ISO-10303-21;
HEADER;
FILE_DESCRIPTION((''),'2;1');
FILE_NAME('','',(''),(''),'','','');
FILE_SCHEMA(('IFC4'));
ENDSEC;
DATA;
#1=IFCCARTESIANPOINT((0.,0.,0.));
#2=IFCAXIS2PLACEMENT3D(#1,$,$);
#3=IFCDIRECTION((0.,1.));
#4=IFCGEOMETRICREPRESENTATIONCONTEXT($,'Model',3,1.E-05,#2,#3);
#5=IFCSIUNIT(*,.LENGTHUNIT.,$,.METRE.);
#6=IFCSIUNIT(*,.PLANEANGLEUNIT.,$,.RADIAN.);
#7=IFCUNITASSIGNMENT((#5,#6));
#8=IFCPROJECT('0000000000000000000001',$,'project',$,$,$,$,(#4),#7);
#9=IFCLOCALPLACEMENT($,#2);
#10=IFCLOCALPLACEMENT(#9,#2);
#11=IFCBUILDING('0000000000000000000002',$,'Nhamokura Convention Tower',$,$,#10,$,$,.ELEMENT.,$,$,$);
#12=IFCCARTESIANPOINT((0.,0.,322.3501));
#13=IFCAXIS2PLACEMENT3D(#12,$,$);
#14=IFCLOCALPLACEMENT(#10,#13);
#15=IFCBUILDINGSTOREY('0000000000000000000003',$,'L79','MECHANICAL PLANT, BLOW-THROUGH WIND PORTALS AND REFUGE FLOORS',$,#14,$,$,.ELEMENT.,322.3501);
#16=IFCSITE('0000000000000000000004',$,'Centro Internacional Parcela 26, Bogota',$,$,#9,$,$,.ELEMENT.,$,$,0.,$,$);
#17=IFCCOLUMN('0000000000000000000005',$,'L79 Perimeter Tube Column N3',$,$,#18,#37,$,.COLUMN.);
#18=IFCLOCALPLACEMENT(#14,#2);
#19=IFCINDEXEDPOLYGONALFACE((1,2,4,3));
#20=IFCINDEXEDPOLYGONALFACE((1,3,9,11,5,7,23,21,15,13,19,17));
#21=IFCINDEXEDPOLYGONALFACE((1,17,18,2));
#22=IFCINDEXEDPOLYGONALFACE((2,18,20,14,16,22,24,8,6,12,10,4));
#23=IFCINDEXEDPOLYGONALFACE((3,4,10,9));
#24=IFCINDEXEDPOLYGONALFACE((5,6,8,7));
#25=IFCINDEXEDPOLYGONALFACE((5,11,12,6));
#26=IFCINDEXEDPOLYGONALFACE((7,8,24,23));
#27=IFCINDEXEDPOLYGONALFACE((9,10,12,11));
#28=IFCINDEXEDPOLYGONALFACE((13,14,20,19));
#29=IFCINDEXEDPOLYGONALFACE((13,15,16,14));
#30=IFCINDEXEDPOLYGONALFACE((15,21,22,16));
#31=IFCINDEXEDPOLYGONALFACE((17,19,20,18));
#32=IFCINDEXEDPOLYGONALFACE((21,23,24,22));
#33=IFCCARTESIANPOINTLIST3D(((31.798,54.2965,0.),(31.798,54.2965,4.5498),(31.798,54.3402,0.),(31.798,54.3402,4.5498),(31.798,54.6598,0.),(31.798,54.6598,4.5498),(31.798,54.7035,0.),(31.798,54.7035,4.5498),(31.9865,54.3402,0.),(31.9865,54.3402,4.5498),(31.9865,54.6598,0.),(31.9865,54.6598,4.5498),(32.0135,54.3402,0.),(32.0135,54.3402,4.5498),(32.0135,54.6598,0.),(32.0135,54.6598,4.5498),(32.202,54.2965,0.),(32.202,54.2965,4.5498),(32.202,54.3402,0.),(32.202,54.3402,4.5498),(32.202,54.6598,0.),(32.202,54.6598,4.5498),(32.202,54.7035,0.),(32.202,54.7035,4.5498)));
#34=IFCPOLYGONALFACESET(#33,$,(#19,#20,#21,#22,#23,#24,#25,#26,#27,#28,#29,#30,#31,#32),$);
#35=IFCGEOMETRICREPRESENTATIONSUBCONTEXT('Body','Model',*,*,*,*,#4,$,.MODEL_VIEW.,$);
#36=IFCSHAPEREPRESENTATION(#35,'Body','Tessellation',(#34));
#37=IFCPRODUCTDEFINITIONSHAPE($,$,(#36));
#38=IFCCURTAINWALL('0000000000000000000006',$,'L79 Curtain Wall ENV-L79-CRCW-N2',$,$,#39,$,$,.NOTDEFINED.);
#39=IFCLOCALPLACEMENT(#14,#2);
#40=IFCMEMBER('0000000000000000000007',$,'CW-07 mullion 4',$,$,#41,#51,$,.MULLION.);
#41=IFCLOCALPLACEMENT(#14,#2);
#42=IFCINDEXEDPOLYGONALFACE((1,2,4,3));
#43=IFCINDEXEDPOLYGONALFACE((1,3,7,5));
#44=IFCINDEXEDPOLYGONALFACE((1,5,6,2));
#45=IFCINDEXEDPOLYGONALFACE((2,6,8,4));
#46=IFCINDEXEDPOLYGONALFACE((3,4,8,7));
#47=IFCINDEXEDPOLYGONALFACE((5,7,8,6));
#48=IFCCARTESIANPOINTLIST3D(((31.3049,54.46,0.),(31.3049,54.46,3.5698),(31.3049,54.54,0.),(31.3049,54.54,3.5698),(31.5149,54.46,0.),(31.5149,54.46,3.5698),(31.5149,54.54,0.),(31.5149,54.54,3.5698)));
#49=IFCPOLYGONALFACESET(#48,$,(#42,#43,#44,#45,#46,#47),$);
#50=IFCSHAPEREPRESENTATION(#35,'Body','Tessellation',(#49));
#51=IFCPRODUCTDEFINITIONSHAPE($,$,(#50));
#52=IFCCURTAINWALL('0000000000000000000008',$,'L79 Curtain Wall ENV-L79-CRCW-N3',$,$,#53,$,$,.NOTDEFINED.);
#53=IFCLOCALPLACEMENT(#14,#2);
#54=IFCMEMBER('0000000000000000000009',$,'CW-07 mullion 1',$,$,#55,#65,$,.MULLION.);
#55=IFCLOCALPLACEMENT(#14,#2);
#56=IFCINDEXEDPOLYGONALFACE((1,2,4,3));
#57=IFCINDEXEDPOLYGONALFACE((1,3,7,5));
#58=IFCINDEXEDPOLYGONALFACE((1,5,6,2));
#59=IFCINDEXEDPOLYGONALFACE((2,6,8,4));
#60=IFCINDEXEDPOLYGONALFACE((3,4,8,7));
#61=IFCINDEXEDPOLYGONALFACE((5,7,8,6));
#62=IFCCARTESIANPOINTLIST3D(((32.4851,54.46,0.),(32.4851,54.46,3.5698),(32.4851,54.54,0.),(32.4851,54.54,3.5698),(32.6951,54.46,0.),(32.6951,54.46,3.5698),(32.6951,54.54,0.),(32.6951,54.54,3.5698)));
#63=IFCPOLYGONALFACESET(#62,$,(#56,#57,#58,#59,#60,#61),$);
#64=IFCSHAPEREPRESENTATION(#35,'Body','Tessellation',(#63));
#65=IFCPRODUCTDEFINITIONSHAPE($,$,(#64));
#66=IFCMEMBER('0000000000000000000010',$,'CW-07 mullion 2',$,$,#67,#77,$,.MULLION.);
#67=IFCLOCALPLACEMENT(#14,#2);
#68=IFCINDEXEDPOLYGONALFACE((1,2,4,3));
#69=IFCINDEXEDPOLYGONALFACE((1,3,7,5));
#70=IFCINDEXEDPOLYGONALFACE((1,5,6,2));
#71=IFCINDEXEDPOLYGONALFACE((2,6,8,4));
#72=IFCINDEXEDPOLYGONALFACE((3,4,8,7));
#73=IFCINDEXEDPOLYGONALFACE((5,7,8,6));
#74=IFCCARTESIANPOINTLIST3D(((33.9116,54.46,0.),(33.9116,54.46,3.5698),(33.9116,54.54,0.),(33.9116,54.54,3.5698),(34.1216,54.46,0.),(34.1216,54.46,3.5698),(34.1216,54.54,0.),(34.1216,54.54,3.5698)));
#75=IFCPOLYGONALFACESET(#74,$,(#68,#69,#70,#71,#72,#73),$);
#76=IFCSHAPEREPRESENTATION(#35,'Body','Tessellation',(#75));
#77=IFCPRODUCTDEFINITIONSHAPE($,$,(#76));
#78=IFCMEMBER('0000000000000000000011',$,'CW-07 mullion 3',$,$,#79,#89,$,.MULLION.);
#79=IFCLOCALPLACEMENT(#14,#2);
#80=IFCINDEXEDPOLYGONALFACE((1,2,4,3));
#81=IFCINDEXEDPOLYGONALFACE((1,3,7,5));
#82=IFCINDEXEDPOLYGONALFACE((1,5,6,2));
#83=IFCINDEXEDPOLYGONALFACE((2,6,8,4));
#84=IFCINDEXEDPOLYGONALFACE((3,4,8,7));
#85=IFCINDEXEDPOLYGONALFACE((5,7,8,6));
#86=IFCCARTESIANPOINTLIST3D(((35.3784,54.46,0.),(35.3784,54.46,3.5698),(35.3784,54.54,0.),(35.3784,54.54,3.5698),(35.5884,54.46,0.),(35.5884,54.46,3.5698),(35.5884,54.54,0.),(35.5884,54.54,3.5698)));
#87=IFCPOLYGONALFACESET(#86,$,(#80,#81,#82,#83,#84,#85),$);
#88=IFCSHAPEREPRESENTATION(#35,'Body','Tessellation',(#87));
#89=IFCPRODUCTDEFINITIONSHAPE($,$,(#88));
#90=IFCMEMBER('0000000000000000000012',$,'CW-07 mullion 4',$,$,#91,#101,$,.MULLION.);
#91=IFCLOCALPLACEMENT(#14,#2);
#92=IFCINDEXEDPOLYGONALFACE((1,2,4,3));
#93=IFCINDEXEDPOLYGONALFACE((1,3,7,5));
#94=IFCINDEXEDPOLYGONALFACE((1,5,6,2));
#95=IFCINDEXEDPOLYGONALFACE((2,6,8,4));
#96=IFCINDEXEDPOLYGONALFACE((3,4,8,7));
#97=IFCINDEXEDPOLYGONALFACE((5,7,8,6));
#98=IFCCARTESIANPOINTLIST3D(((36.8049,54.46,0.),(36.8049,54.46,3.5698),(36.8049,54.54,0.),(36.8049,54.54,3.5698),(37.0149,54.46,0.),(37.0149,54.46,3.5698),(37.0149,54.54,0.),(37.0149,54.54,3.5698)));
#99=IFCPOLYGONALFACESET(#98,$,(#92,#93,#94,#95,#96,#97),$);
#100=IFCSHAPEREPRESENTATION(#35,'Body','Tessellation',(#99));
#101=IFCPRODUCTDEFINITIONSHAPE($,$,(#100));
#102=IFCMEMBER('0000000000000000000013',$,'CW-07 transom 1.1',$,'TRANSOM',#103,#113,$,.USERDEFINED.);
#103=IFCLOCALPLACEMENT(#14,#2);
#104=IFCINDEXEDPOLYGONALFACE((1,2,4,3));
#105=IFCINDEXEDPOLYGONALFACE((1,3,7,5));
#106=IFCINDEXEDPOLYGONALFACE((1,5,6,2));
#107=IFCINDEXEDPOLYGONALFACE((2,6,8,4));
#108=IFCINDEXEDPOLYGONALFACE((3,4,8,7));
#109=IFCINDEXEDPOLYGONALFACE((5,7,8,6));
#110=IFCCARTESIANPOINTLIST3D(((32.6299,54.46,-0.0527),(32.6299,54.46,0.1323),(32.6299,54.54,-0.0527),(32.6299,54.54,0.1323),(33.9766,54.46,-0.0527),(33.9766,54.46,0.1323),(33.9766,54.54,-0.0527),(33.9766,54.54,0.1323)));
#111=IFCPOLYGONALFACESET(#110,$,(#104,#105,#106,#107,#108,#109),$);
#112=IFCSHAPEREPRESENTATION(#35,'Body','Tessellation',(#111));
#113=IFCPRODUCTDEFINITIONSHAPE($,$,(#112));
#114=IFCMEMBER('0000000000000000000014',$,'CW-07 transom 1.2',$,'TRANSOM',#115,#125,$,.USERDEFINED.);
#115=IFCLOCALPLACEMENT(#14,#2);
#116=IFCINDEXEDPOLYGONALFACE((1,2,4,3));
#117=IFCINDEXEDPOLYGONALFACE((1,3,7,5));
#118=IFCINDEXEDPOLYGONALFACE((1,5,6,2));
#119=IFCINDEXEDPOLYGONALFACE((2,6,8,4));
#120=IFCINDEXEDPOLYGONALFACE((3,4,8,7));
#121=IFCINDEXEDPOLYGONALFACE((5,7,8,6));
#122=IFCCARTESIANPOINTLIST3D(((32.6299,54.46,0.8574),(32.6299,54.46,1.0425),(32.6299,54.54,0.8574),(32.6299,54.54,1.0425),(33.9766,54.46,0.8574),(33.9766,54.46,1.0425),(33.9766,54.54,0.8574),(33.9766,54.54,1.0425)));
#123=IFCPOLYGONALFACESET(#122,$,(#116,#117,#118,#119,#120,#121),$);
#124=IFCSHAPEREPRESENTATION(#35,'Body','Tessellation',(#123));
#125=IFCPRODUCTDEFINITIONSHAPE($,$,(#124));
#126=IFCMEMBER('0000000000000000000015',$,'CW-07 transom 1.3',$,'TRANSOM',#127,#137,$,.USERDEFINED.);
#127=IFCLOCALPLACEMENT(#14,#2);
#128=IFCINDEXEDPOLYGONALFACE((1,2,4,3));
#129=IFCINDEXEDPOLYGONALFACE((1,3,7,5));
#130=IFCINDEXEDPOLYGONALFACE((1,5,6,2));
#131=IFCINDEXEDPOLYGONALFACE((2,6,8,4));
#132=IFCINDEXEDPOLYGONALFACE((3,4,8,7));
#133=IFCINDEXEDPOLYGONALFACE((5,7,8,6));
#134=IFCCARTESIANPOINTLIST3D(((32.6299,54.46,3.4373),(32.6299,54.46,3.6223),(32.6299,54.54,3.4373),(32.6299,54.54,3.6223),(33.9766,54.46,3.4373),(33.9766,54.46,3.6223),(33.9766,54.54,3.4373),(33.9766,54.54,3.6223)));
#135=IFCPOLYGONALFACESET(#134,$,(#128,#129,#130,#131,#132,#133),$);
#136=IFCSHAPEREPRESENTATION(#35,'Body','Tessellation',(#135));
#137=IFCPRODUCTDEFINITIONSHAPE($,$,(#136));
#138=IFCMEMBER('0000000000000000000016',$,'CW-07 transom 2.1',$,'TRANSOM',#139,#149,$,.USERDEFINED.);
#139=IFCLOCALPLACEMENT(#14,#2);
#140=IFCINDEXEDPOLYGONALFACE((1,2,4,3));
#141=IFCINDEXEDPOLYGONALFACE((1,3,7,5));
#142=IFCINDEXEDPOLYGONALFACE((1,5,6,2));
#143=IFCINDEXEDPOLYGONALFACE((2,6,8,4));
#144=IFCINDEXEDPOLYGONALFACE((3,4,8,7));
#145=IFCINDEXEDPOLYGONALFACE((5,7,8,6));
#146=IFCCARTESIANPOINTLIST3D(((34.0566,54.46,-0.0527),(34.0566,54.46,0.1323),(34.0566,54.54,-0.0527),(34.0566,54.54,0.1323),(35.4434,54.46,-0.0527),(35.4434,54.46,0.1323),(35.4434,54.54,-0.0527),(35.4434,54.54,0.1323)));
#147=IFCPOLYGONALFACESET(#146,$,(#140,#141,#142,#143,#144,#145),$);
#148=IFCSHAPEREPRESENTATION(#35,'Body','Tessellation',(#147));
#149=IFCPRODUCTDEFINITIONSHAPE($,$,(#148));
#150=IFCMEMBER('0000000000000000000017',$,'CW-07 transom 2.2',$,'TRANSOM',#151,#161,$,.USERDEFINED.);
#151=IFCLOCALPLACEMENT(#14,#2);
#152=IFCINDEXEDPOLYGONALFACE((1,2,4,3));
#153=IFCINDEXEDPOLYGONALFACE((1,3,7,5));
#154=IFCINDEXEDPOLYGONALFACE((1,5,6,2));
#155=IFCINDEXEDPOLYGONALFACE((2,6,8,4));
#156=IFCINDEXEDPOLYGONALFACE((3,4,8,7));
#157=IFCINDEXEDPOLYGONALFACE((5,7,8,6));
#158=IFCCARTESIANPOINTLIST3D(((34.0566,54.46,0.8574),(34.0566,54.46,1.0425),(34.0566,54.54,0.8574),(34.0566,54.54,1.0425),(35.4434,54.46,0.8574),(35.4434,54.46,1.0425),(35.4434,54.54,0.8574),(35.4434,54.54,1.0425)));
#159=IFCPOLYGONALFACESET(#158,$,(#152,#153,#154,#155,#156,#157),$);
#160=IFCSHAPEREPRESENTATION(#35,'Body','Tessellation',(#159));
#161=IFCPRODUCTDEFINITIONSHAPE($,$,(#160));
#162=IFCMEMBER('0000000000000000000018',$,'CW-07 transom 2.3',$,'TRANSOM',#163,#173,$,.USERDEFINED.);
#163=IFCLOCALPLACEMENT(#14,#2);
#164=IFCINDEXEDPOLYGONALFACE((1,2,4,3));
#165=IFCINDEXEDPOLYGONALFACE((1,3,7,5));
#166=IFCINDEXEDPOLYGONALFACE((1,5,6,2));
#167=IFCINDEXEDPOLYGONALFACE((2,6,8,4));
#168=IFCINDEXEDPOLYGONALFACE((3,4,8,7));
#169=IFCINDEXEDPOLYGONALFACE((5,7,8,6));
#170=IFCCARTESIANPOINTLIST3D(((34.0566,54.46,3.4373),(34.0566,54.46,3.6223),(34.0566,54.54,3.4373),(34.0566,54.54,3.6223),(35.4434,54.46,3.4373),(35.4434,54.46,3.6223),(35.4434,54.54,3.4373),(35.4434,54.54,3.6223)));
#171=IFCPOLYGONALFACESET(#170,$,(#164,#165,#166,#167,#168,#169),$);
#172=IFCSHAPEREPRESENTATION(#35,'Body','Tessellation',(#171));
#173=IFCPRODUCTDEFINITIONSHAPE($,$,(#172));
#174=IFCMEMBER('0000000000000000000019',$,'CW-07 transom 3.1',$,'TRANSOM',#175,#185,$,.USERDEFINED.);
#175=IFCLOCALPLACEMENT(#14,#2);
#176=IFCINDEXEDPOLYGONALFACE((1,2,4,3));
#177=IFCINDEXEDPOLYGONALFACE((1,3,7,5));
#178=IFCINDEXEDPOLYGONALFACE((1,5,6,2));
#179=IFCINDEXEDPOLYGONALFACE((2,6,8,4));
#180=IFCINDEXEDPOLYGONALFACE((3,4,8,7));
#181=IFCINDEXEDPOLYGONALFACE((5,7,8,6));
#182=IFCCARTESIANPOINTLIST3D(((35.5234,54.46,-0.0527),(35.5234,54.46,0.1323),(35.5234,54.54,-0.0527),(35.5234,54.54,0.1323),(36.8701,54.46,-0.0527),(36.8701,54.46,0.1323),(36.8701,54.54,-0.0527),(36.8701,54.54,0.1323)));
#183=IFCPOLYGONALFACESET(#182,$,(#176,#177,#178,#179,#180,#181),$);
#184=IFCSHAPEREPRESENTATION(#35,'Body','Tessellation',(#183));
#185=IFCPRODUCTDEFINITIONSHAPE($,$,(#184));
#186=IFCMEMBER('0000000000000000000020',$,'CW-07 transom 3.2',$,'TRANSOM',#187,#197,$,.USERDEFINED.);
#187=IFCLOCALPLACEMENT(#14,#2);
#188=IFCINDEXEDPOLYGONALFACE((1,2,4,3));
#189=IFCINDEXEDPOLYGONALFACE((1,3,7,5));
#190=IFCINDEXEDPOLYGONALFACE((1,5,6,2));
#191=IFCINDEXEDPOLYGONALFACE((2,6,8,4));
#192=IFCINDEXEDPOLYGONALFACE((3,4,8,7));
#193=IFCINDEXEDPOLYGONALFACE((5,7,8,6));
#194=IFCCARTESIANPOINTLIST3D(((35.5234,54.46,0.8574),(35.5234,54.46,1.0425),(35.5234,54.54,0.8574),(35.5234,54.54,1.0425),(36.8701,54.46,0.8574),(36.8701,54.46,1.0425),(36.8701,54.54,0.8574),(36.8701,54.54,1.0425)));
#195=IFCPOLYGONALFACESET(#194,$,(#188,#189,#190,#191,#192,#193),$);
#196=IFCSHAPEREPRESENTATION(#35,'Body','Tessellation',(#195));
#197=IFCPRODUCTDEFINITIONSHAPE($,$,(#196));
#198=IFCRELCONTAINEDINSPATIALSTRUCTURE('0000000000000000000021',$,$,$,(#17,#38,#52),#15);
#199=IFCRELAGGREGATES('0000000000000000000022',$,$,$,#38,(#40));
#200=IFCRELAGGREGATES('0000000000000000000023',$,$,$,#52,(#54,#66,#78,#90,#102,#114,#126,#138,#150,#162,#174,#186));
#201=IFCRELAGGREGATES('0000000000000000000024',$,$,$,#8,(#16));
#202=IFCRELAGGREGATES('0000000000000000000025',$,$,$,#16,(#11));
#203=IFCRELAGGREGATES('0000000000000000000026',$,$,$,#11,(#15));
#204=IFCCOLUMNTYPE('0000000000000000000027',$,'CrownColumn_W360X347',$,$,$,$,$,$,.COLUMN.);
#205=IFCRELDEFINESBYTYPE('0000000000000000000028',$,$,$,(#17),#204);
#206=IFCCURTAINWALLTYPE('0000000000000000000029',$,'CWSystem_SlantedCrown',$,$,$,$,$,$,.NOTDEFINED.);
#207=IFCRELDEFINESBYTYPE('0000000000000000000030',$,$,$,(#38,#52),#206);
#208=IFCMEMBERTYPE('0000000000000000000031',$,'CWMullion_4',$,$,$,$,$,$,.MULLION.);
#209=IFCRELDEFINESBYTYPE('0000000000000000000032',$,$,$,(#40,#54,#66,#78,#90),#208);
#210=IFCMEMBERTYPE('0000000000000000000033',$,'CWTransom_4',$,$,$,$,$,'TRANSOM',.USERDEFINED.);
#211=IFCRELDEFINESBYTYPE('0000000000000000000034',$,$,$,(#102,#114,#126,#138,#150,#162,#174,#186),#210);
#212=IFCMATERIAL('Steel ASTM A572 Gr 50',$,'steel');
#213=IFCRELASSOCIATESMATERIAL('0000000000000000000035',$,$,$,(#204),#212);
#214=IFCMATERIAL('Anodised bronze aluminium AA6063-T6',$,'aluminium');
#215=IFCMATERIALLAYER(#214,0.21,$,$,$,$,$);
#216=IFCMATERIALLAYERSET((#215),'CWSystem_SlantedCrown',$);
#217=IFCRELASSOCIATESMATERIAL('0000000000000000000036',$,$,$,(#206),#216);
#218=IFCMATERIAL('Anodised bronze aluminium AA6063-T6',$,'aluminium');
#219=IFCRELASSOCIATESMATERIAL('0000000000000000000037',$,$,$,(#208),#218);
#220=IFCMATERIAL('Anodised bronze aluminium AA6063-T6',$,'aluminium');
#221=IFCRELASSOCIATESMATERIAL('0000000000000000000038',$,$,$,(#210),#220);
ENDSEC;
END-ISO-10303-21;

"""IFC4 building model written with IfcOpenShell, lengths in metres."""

from ifc_helpers import new_model, si_unit, direction, frame, origin, origin_2d, place, context, subcontext, project, spatial, rectangle, i_section, extrude, material, layer, layer_set, material_profile, profile_set, type_object, element, aggregate, save


model = new_model("IFC4")

# Units and contexts
model_context = context("Model", 3, precision=1e-05, world=origin(), true_north=direction((0.0, 1.0)))
body_context = subcontext(model_context, "Body", "Model", "MODEL_VIEW")
ifc_project = project(units=[si_unit("LENGTHUNIT", "METRE"), si_unit("PLANEANGLEUNIT", "RADIAN")], contexts=[model_context])

# Site, building, storey
site_placement = place(None, origin())
site = spatial("IfcSite", under=ifc_project, at=site_placement, Name="Centro Internacional Parcela 26, Bogota", CompositionType="ELEMENT", RefElevation=0.0)
building_placement = place(site_placement, origin())
building = spatial("IfcBuilding", under=site, at=building_placement, Name="Nhamokura Convention Tower", CompositionType="ELEMENT")
storey_placement = place(building_placement, frame((0.0, 0.0, 322.3501)))
storey = spatial("IfcBuildingStorey", under=building, at=storey_placement, Name="L79", Description="MECHANICAL PLANT, BLOW-THROUGH WIND PORTALS AND REFUGE FLOORS", CompositionType="ELEMENT", Elevation=322.3501)

# Column
ifc_material_1 = material(Name="Steel ASTM A572 Gr 50", Category="steel")
ifc_material_profile_1 = material_profile(ifc_material_1, i_section(OverallWidth=0.4041, OverallDepth=0.407, WebThickness=0.0271, FlangeThickness=0.0437, at=origin_2d()))
ifc_profile_set_1 = profile_set([ifc_material_profile_1], Name="Steel ASTM A572 Gr 50")
column_type = type_object("IfcColumnType", Name="CrownColumn_W360X347", PredefinedType="COLUMN", material=ifc_profile_set_1)
column_placement = place(storey_placement, frame((32.0, 54.5, 0.0), z_axis=(0.0, 0.0, 1.0), x_axis=(1.0, 0.0, 0.0)))
element("IfcColumn", 1, at=column_placement, inside=storey, type_object=column_type, Name="L79 Perimeter Tube Column N3", PredefinedType="COLUMN", context=body_context, shape_type="SweptSolid", body=[
    extrude(i_section(OverallWidth=0.4041, OverallDepth=0.407, WebThickness=0.0271, FlangeThickness=0.0437, at=origin_2d()), origin(), (0.0, 0.0, 1.0), 4.5498),
])

# Curtain wall, member
ifc_material_2 = material(Name="Anodised bronze aluminium AA6063-T6", Category="aluminium")
ifc_layer_1 = layer(ifc_material_2, 0.21)
ifc_layer_set_1 = layer_set([ifc_layer_1], Name="CWSystem_SlantedCrown")
curtain_wall_type = type_object("IfcCurtainWallType", Name="CWSystem_SlantedCrown", PredefinedType="NOTDEFINED", material=ifc_layer_set_1)
curtain_wall_1_placement = place(storey_placement, origin())
curtain_wall_1 = element("IfcCurtainWall", 2, at=curtain_wall_1_placement, inside=storey, type_object=curtain_wall_type, Name="L79 Curtain Wall ENV-L79-CRCW-N2", PredefinedType="NOTDEFINED")
ifc_material_3 = material(Name="Anodised bronze aluminium AA6063-T6", Category="aluminium")
ifc_material_profile_2 = material_profile(ifc_material_3, rectangle(XDim=0.0801, YDim=0.21, at=origin_2d()))
ifc_profile_set_2 = profile_set([ifc_material_profile_2], Name="Anodised bronze aluminium AA6063-T6")
member_type_1 = type_object("IfcMemberType", Name="CWMullion_4", PredefinedType="MULLION", material=ifc_profile_set_2)
member_1_placement = place(storey_placement, frame((31.4099, 54.5, 0.0), z_axis=(0.0, 0.0, 1.0), x_axis=(0.0, 1.0, 0.0)))
member_1 = element("IfcMember", 3, at=member_1_placement, type_object=member_type_1, Name="CW-07 mullion 4", PredefinedType="MULLION", context=body_context, shape_type="SweptSolid", body=[
    extrude(rectangle(XDim=0.0801, YDim=0.21, at=origin_2d()), origin(), (0.0, 0.0, 1.0), 3.5698),
])
aggregate(curtain_wall_1, [member_1])

# Curtain wall, members
curtain_wall_2_placement = place(storey_placement, origin())
curtain_wall_2 = element("IfcCurtainWall", 4, at=curtain_wall_2_placement, inside=storey, type_object=curtain_wall_type, Name="L79 Curtain Wall ENV-L79-CRCW-N3", PredefinedType="NOTDEFINED")
member_2_placement = place(storey_placement, frame((32.5901, 54.5, 0.0), z_axis=(0.0, 0.0, 1.0), x_axis=(0.0, 1.0, 0.0)))
member_2 = element("IfcMember", 5, at=member_2_placement, type_object=member_type_1, Name="CW-07 mullion 1", PredefinedType="MULLION", context=body_context, shape_type="SweptSolid", body=[
    extrude(rectangle(XDim=0.0801, YDim=0.21, at=origin_2d()), origin(), (0.0, 0.0, 1.0), 3.5698),
])
member_3_placement = place(storey_placement, frame((34.0166, 54.5, 0.0), z_axis=(0.0, 0.0, 1.0), x_axis=(0.0, 1.0, 0.0)))
member_3 = element("IfcMember", 6, at=member_3_placement, type_object=member_type_1, Name="CW-07 mullion 2", PredefinedType="MULLION", context=body_context, shape_type="SweptSolid", body=[
    extrude(rectangle(XDim=0.0801, YDim=0.21, at=origin_2d()), origin(), (0.0, 0.0, 1.0), 3.5698),
])
member_4_placement = place(storey_placement, frame((35.4834, 54.5, 0.0), z_axis=(0.0, 0.0, 1.0), x_axis=(0.0, 1.0, 0.0)))
member_4 = element("IfcMember", 7, at=member_4_placement, type_object=member_type_1, Name="CW-07 mullion 3", PredefinedType="MULLION", context=body_context, shape_type="SweptSolid", body=[
    extrude(rectangle(XDim=0.0801, YDim=0.21, at=origin_2d()), origin(), (0.0, 0.0, 1.0), 3.5698),
])
member_5_placement = place(storey_placement, frame((36.9099, 54.5, 0.0), z_axis=(0.0, 0.0, 1.0), x_axis=(0.0, 1.0, 0.0)))
member_5 = element("IfcMember", 8, at=member_5_placement, type_object=member_type_1, Name="CW-07 mullion 4", PredefinedType="MULLION", context=body_context, shape_type="SweptSolid", body=[
    extrude(rectangle(XDim=0.0801, YDim=0.21, at=origin_2d()), origin(), (0.0, 0.0, 1.0), 3.5698),
])
ifc_material_4 = material(Name="Anodised bronze aluminium AA6063-T6", Category="aluminium")
ifc_material_profile_3 = material_profile(ifc_material_4, rectangle(XDim=0.0801, YDim=0.1851, at=origin_2d()))
ifc_profile_set_3 = profile_set([ifc_material_profile_3], Name="Anodised bronze aluminium AA6063-T6")
member_type_2 = type_object("IfcMemberType", Name="CWTransom_4", ElementType="TRANSOM", PredefinedType="USERDEFINED", material=ifc_profile_set_3)
member_6_placement = place(storey_placement, frame((32.6299, 54.5, 0.0398), z_axis=(1.0, 0.0, 0.0), x_axis=(0.0, 1.0, 0.0)))
member_6 = element("IfcMember", 9, at=member_6_placement, type_object=member_type_2, Name="CW-07 transom 1.1", ObjectType="TRANSOM", PredefinedType="USERDEFINED", context=body_context, shape_type="SweptSolid", body=[
    extrude(rectangle(XDim=0.0801, YDim=0.1851, at=origin_2d()), origin(), (0.0, 0.0, 1.0), 1.3467),
])
member_7_placement = place(storey_placement, frame((32.6299, 54.5, 0.95), z_axis=(1.0, 0.0, 0.0), x_axis=(0.0, 1.0, 0.0)))
member_7 = element("IfcMember", 10, at=member_7_placement, type_object=member_type_2, Name="CW-07 transom 1.2", ObjectType="TRANSOM", PredefinedType="USERDEFINED", context=body_context, shape_type="SweptSolid", body=[
    extrude(rectangle(XDim=0.0801, YDim=0.1851, at=origin_2d()), origin(), (0.0, 0.0, 1.0), 1.3467),
])
member_8_placement = place(storey_placement, frame((32.6299, 54.5, 3.5298), z_axis=(1.0, 0.0, 0.0), x_axis=(0.0, 1.0, 0.0)))
member_8 = element("IfcMember", 11, at=member_8_placement, type_object=member_type_2, Name="CW-07 transom 1.3", ObjectType="TRANSOM", PredefinedType="USERDEFINED", context=body_context, shape_type="SweptSolid", body=[
    extrude(rectangle(XDim=0.0801, YDim=0.1851, at=origin_2d()), origin(), (0.0, 0.0, 1.0), 1.3467),
])
member_9_placement = place(storey_placement, frame((34.0566, 54.5, 0.0398), z_axis=(1.0, 0.0, 0.0), x_axis=(0.0, 1.0, 0.0)))
member_9 = element("IfcMember", 12, at=member_9_placement, type_object=member_type_2, Name="CW-07 transom 2.1", ObjectType="TRANSOM", PredefinedType="USERDEFINED", context=body_context, shape_type="SweptSolid", body=[
    extrude(rectangle(XDim=0.0801, YDim=0.1851, at=origin_2d()), origin(), (0.0, 0.0, 1.0), 1.3867),
])
member_10_placement = place(storey_placement, frame((34.0566, 54.5, 0.95), z_axis=(1.0, 0.0, 0.0), x_axis=(0.0, 1.0, 0.0)))
member_10 = element("IfcMember", 13, at=member_10_placement, type_object=member_type_2, Name="CW-07 transom 2.2", ObjectType="TRANSOM", PredefinedType="USERDEFINED", context=body_context, shape_type="SweptSolid", body=[
    extrude(rectangle(XDim=0.0801, YDim=0.1851, at=origin_2d()), origin(), (0.0, 0.0, 1.0), 1.3867),
])
member_11_placement = place(storey_placement, frame((34.0566, 54.5, 3.5298), z_axis=(1.0, 0.0, 0.0), x_axis=(0.0, 1.0, 0.0)))
member_11 = element("IfcMember", 14, at=member_11_placement, type_object=member_type_2, Name="CW-07 transom 2.3", ObjectType="TRANSOM", PredefinedType="USERDEFINED", context=body_context, shape_type="SweptSolid", body=[
    extrude(rectangle(XDim=0.0801, YDim=0.1851, at=origin_2d()), origin(), (0.0, 0.0, 1.0), 1.3867),
])
member_12_placement = place(storey_placement, frame((35.5234, 54.5, 0.0398), z_axis=(1.0, 0.0, 0.0), x_axis=(0.0, 1.0, 0.0)))
member_12 = element("IfcMember", 15, at=member_12_placement, type_object=member_type_2, Name="CW-07 transom 3.1", ObjectType="TRANSOM", PredefinedType="USERDEFINED", context=body_context, shape_type="SweptSolid", body=[
    extrude(rectangle(XDim=0.0801, YDim=0.1851, at=origin_2d()), origin(), (0.0, 0.0, 1.0), 1.3467),
])
member_13_placement = place(storey_placement, frame((35.5234, 54.5, 0.95), z_axis=(1.0, 0.0, 0.0), x_axis=(0.0, 1.0, 0.0)))
member_13 = element("IfcMember", 16, at=member_13_placement, type_object=member_type_2, Name="CW-07 transom 3.2", ObjectType="TRANSOM", PredefinedType="USERDEFINED", context=body_context, shape_type="SweptSolid", body=[
    extrude(rectangle(XDim=0.0801, YDim=0.1851, at=origin_2d()), origin(), (0.0, 0.0, 1.0), 1.3467),
])

aggregate(curtain_wall_2, [member_2, member_3, member_4, member_5, member_6, member_7, member_8, member_9, member_10, member_11, member_12, member_13])

save(model, "model.ifc")
